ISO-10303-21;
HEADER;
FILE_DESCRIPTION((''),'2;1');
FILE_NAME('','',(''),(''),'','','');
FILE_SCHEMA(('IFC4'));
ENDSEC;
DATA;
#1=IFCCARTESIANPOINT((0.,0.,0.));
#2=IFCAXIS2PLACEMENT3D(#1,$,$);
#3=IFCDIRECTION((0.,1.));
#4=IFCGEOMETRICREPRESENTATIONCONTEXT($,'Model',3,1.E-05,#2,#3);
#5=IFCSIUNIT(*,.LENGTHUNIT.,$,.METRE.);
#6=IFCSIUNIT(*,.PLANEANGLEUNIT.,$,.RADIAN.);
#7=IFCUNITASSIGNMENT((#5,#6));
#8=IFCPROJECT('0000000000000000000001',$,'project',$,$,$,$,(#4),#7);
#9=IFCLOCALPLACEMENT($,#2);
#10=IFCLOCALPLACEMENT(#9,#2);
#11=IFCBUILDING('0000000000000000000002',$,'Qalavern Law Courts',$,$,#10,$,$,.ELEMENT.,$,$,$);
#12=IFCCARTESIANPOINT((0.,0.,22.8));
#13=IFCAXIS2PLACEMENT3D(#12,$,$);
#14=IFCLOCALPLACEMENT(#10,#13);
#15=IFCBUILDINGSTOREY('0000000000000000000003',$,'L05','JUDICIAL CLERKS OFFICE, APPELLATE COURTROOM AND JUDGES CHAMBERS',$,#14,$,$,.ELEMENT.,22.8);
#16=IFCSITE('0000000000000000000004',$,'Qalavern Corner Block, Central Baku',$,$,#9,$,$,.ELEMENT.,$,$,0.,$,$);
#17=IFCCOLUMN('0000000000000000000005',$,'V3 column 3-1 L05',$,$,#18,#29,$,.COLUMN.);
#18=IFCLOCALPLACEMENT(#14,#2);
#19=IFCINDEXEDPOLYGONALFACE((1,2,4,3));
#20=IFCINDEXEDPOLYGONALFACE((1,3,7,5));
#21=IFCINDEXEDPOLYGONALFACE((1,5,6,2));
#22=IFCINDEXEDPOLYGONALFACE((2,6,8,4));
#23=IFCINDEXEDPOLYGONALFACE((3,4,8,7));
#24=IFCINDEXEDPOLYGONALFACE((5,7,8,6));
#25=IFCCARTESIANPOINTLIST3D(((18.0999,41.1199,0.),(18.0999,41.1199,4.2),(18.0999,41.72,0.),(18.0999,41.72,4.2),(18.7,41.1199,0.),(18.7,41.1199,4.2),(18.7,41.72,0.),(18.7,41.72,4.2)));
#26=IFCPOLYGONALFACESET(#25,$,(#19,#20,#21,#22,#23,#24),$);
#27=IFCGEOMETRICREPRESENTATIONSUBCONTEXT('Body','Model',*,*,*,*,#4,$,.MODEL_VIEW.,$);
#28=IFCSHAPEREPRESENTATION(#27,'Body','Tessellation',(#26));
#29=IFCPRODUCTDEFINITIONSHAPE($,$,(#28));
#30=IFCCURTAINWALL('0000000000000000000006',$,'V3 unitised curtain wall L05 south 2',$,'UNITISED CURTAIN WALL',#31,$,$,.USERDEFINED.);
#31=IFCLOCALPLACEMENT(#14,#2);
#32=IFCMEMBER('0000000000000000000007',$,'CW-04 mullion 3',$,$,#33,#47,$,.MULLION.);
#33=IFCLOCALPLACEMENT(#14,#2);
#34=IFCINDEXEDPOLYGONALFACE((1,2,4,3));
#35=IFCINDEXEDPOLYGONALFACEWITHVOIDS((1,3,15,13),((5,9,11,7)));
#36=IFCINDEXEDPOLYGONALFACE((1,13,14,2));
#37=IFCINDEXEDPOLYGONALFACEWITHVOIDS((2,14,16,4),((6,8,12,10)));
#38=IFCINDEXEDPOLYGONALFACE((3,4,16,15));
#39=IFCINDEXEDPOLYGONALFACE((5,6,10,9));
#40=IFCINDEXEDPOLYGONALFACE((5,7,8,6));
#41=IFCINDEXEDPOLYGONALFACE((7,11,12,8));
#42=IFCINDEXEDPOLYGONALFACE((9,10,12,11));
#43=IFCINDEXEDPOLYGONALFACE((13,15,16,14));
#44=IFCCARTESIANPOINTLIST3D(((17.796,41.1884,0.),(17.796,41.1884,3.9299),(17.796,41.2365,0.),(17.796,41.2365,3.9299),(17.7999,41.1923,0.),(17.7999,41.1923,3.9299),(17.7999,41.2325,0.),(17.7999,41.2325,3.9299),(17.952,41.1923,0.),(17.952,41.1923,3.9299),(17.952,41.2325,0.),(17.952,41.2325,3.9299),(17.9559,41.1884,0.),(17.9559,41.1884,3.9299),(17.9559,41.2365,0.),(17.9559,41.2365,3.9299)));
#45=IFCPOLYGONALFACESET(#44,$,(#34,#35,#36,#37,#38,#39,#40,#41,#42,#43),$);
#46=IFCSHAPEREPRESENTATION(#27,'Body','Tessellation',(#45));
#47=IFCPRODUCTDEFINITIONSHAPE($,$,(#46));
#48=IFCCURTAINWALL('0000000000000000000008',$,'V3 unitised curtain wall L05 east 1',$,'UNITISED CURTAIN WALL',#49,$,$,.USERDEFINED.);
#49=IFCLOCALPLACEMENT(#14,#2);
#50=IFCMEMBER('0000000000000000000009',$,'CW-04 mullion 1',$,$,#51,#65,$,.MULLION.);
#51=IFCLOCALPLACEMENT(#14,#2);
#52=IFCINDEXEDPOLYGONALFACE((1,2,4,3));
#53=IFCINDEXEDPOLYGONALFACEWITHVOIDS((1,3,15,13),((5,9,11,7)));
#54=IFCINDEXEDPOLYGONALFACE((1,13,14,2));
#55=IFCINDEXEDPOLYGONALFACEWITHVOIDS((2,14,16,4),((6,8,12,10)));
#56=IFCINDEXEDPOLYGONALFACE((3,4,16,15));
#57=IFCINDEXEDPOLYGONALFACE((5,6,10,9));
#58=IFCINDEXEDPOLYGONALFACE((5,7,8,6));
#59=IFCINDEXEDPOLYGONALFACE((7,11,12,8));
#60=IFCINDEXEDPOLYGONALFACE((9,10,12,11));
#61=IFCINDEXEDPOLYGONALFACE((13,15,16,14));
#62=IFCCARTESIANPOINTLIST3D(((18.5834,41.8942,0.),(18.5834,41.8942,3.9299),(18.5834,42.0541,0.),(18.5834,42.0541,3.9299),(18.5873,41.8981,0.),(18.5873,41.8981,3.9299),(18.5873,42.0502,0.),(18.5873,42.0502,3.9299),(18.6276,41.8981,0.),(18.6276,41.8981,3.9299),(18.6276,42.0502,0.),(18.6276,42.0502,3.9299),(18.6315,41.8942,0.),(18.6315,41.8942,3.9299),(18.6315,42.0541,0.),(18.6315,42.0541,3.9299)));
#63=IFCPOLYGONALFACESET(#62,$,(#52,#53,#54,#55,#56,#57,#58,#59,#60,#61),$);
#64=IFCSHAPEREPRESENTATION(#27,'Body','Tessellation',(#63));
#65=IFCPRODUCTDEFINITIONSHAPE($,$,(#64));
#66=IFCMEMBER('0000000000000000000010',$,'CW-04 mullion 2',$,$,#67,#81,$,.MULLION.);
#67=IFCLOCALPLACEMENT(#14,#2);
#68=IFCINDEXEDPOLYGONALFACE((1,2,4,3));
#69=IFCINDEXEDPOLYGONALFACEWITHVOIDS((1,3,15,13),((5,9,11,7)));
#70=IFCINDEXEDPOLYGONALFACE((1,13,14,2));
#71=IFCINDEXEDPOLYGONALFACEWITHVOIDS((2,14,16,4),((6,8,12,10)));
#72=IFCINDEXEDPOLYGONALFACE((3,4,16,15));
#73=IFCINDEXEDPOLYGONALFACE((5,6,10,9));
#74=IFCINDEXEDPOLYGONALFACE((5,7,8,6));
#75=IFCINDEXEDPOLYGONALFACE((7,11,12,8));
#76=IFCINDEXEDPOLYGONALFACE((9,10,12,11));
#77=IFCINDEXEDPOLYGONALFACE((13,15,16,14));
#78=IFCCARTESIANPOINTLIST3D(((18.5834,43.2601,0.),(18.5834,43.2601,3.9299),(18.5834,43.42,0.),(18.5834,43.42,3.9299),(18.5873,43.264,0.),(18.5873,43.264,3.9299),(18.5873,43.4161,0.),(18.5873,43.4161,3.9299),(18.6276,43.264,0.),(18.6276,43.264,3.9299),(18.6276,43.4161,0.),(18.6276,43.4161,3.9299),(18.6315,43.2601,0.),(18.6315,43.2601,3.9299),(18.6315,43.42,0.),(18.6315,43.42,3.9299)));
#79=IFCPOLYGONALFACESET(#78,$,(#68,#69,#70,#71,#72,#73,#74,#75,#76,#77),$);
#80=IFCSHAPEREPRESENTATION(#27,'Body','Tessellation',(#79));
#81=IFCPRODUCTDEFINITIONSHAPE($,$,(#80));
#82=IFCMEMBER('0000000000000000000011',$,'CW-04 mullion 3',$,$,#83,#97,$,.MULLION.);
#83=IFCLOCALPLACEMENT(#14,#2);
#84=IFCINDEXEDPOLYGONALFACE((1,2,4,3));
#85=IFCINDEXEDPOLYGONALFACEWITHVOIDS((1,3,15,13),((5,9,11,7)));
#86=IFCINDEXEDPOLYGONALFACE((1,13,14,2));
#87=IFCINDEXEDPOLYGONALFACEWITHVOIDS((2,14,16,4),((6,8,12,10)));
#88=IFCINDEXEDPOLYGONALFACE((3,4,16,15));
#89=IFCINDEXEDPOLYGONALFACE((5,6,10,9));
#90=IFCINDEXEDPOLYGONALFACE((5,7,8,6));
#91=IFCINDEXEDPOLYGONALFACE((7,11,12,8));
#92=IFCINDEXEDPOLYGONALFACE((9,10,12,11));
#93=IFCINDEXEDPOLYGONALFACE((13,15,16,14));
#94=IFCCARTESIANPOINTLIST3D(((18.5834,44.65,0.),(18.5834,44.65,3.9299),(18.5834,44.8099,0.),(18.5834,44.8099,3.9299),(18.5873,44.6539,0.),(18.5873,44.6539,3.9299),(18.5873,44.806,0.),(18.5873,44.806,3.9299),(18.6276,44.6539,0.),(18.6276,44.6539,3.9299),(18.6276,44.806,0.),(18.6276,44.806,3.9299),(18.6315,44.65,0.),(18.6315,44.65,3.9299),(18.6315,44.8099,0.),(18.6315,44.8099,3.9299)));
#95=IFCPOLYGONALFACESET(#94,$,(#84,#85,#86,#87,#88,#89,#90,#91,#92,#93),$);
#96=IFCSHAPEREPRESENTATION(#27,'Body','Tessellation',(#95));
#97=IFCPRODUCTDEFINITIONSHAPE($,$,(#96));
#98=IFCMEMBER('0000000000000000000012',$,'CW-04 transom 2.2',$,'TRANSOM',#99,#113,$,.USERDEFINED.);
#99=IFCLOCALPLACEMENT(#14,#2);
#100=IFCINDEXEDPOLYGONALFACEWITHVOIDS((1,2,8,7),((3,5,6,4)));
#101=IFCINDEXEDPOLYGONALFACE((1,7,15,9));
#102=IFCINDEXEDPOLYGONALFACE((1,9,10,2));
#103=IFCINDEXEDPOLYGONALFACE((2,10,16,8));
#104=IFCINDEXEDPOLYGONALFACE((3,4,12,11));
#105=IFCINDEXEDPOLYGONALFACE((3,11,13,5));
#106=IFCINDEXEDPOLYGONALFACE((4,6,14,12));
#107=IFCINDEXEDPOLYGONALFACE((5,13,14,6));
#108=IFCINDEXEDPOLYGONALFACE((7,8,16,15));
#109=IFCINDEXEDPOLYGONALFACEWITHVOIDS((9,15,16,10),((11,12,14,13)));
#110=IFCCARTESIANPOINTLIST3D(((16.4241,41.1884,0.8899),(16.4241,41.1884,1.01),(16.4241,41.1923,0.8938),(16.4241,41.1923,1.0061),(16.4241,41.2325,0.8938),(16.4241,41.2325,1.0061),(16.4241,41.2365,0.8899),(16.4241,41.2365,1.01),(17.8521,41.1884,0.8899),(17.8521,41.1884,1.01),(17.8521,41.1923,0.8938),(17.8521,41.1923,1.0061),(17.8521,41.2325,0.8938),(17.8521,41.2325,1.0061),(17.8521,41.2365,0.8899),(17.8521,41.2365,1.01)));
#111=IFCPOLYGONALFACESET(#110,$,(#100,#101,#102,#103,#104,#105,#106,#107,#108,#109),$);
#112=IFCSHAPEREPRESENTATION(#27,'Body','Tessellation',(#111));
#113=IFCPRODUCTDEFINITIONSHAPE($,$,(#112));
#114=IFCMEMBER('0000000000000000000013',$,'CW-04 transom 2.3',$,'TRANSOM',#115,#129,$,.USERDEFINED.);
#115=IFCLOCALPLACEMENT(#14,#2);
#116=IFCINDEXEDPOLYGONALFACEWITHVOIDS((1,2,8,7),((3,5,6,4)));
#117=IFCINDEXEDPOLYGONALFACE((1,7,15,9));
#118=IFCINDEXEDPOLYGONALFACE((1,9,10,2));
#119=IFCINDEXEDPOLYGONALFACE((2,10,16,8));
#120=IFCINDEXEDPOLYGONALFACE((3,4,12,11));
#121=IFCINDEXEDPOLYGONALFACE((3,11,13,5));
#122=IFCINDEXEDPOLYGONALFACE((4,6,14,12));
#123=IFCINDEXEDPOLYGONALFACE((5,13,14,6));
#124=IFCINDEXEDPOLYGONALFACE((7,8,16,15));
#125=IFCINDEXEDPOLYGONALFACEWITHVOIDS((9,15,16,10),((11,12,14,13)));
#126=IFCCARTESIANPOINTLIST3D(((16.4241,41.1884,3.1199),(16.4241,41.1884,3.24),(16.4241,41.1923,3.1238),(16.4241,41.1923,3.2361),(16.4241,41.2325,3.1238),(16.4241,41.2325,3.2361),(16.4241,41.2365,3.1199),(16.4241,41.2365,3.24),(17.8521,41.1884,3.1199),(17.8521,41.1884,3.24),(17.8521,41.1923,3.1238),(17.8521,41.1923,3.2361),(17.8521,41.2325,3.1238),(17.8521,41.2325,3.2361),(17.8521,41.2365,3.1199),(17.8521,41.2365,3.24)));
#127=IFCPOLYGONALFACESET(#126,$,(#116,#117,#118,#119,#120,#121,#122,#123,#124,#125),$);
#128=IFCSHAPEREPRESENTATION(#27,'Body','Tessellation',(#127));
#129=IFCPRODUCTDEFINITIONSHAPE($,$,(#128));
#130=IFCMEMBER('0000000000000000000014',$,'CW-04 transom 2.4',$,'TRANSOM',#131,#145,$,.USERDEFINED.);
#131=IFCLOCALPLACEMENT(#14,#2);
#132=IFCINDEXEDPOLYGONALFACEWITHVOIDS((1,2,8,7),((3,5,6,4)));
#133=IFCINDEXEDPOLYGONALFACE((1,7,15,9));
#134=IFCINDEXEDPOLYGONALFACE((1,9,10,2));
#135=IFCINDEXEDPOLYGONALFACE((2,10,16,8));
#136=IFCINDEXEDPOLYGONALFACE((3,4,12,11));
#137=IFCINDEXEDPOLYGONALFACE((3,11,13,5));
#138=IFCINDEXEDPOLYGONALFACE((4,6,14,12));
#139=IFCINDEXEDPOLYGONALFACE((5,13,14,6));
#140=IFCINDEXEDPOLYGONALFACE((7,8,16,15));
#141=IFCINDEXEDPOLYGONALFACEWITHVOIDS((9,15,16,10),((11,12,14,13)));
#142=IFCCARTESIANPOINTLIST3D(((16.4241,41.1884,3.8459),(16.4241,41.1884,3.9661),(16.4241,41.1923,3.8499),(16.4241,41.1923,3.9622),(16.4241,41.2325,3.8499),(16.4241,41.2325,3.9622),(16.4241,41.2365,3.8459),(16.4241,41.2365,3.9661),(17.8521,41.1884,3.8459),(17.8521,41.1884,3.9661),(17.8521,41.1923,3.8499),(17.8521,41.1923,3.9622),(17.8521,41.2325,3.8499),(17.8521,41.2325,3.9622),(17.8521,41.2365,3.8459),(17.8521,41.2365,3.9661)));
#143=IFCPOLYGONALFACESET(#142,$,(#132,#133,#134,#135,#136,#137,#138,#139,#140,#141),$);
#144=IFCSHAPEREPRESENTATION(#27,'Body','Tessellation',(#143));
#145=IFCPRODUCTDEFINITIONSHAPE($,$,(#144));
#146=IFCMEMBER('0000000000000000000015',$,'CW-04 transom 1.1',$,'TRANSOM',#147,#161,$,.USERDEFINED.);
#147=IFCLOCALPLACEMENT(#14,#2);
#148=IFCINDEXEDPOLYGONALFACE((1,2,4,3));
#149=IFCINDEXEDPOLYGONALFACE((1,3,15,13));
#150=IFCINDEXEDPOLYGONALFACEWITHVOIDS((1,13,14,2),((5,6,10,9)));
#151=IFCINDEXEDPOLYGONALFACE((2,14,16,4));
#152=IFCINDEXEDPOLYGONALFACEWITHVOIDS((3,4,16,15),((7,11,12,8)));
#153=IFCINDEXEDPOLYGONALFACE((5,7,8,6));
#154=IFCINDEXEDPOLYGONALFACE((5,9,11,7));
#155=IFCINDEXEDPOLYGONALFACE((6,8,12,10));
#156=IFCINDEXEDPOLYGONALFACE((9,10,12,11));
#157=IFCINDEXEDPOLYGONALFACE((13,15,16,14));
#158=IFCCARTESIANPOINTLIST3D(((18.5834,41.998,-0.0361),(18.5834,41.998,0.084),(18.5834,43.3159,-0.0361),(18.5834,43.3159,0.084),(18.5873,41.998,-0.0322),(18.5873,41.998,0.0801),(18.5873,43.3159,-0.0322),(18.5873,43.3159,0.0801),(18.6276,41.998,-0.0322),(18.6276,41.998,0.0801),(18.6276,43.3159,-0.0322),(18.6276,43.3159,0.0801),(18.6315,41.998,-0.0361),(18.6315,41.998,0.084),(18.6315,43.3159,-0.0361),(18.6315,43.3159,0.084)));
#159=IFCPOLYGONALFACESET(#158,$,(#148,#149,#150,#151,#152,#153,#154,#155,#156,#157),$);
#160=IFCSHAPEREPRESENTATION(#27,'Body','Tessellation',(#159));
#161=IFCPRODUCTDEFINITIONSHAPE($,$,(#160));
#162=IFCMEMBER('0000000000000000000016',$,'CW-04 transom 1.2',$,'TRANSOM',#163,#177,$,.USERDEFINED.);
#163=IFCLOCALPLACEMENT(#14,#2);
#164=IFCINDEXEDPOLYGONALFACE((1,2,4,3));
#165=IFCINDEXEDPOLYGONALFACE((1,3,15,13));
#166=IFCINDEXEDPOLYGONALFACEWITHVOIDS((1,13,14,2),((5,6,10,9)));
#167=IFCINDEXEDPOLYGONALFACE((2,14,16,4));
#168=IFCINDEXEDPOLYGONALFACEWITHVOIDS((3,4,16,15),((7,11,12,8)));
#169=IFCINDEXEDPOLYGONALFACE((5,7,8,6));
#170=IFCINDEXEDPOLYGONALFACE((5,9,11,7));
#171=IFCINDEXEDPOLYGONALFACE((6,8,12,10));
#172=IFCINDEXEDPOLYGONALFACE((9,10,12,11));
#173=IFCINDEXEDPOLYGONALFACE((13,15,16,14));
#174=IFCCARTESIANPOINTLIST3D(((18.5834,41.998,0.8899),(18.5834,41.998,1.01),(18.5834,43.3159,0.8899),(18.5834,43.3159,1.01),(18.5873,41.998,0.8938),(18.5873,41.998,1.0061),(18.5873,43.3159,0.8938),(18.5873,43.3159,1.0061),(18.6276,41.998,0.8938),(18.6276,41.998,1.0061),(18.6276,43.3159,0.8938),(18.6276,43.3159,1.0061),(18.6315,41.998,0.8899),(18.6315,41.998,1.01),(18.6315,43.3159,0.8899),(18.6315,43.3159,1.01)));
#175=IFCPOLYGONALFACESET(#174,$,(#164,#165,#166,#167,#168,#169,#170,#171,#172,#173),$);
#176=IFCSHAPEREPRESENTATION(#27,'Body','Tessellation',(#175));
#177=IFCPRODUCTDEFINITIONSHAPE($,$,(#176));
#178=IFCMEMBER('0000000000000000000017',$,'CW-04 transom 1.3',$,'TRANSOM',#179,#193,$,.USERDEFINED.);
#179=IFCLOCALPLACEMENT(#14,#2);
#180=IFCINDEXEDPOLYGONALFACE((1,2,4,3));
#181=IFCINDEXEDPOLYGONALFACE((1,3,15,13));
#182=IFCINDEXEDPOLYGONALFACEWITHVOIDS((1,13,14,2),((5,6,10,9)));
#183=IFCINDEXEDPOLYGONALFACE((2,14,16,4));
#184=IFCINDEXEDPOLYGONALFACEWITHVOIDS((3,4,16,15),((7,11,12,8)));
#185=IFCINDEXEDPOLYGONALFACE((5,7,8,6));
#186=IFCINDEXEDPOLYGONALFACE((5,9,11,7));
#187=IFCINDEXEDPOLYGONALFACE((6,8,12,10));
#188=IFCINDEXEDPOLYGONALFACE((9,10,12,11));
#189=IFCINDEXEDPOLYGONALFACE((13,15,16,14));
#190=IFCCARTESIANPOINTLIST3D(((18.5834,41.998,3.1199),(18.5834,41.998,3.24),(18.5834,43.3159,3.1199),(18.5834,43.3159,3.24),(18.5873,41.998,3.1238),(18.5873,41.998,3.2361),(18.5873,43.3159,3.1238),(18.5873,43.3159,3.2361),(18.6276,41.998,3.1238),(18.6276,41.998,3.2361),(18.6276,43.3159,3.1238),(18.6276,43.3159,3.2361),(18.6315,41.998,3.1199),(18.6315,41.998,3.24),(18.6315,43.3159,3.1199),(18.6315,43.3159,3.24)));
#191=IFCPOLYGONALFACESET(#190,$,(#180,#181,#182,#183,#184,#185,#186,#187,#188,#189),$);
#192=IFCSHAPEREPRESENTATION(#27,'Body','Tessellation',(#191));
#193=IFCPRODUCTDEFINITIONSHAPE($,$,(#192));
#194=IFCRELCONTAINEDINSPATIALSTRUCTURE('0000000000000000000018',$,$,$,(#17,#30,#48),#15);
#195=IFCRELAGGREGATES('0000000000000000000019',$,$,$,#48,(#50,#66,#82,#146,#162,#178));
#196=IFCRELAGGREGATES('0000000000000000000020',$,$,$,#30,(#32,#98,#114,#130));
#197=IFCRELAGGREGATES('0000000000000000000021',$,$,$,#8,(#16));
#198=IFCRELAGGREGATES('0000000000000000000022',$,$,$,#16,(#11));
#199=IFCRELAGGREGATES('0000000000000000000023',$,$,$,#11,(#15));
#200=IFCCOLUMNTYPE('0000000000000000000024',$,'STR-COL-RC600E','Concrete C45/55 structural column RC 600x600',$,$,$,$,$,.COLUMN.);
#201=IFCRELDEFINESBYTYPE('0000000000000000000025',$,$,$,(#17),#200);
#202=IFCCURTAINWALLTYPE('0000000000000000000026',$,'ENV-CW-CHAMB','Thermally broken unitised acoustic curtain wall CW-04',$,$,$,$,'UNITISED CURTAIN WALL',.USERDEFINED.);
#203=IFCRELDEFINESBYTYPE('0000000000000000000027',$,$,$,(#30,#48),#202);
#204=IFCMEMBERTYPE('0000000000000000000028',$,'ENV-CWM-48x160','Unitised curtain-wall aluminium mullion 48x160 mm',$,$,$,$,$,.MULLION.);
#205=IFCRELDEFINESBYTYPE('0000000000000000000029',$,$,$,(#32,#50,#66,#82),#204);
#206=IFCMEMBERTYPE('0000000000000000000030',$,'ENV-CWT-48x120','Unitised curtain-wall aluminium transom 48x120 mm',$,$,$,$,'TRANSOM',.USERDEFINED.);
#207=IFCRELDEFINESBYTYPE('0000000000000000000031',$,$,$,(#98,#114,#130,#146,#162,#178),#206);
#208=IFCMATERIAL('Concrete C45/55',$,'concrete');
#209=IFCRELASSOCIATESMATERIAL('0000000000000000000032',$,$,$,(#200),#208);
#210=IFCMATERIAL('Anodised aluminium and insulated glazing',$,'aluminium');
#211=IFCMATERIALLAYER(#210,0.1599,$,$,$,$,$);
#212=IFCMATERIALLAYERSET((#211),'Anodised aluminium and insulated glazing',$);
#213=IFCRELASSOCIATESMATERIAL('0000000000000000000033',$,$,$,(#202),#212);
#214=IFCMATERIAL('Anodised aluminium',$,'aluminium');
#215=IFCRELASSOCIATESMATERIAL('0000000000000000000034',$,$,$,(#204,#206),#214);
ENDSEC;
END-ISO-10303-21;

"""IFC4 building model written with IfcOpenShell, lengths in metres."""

from ifc_helpers import new_model, si_unit, direction, frame, origin, origin_2d, place, context, subcontext, project, spatial, rectangle, hollow_rectangle, extrude, material, layer, layer_set, material_profile, profile_set, type_object, element, aggregate, save


model = new_model("IFC4")

# Units and contexts
model_context = context("Model", 3, precision=1e-05, world=origin(), true_north=direction((0.0, 1.0)))
body_context = subcontext(model_context, "Body", "Model", "MODEL_VIEW")
ifc_project = project(units=[si_unit("LENGTHUNIT", "METRE"), si_unit("PLANEANGLEUNIT", "RADIAN")], contexts=[model_context])

# Site, building, storey
site_placement = place(None, origin())
site = spatial("IfcSite", under=ifc_project, at=site_placement, Name="Qalavern Corner Block, Central Baku", CompositionType="ELEMENT", RefElevation=0.0)
building_placement = place(site_placement, origin())
building = spatial("IfcBuilding", under=site, at=building_placement, Name="Qalavern Law Courts", CompositionType="ELEMENT")
storey_placement = place(building_placement, frame((0.0, 0.0, 22.8)))
storey = spatial("IfcBuildingStorey", under=building, at=storey_placement, Name="L05", Description="JUDICIAL CLERKS OFFICE, APPELLATE COURTROOM AND JUDGES CHAMBERS", CompositionType="ELEMENT", Elevation=22.8)

# Column
ifc_material_1 = material(Name="Concrete C45/55", Category="concrete")
ifc_material_profile_1 = material_profile(ifc_material_1, rectangle(XDim=0.6001, YDim=0.6001, at=origin_2d()), Name="RC 600x600")
ifc_profile_set_1 = profile_set([ifc_material_profile_1], Name="Concrete C45/55")
column_type = type_object("IfcColumnType", Name="STR-COL-RC600E", Description="Concrete C45/55 structural column RC 600x600", PredefinedType="COLUMN", material=ifc_profile_set_1)
column_placement = place(storey_placement, frame((18.3999, 41.4199, 0.0), z_axis=(0.0, 0.0, 1.0), x_axis=(1.0, 0.0, 0.0)))
element("IfcColumn", 1, at=column_placement, inside=storey, type_object=column_type, Name="V3 column 3-1 L05", PredefinedType="COLUMN", context=body_context, shape_type="SweptSolid", body=[
    extrude(rectangle(XDim=0.6001, YDim=0.6001, at=origin_2d()), origin(), (0.0, 0.0, 1.0), 4.2),
])

# Curtain wall, member
ifc_material_2 = material(Name="Anodised aluminium and insulated glazing", Category="aluminium")
ifc_layer_1 = layer(ifc_material_2, 0.1599)
ifc_layer_set_1 = layer_set([ifc_layer_1], Name="Anodised aluminium and insulated glazing")
curtain_wall_type = type_object("IfcCurtainWallType", Name="ENV-CW-CHAMB", Description="Thermally broken unitised acoustic curtain wall CW-04", ElementType="UNITISED CURTAIN WALL", PredefinedType="USERDEFINED", material=ifc_layer_set_1)
curtain_wall_1_placement = place(storey_placement, origin())
curtain_wall_1 = element("IfcCurtainWall", 2, at=curtain_wall_1_placement, inside=storey, type_object=curtain_wall_type, Name="V3 unitised curtain wall L05 south 2", ObjectType="UNITISED CURTAIN WALL", PredefinedType="USERDEFINED")
ifc_material_3 = material(Name="Anodised aluminium", Category="aluminium")
ifc_material_profile_2 = material_profile(ifc_material_3, hollow_rectangle(XDim=0.0481, YDim=0.1599, WallThickness=0.0039, at=origin_2d()), Name="ALU MULLION 48x160")
ifc_profile_set_2 = profile_set([ifc_material_profile_2], Name="Anodised aluminium")
member_type_1 = type_object("IfcMemberType", Name="ENV-CWM-48x160", Description="Unitised curtain-wall aluminium mullion 48x160 mm", PredefinedType="MULLION", material=ifc_profile_set_2)
member_1_placement = place(storey_placement, frame((17.876, 41.2124, 0.0), z_axis=(0.0, 0.0, 1.0), x_axis=(0.0, 1.0, 0.0)))
member_1 = element("IfcMember", 3, at=member_1_placement, type_object=member_type_1, Name="CW-04 mullion 3", PredefinedType="MULLION", context=body_context, shape_type="SweptSolid", body=[
    extrude(hollow_rectangle(XDim=0.0481, YDim=0.1599, WallThickness=0.0039, at=origin_2d()), origin(), (0.0, 0.0, 1.0), 3.9299),
])

# Curtain wall, members
curtain_wall_2_placement = place(storey_placement, origin())
curtain_wall_2 = element("IfcCurtainWall", 4, at=curtain_wall_2_placement, inside=storey, type_object=curtain_wall_type, Name="V3 unitised curtain wall L05 east 1", ObjectType="UNITISED CURTAIN WALL", PredefinedType="USERDEFINED")
member_2_placement = place(storey_placement, frame((18.6074, 41.9741, 0.0), z_axis=(0.0, 0.0, 1.0), x_axis=(-1.0, 0.0, 0.0)))
member_2 = element("IfcMember", 5, at=member_2_placement, type_object=member_type_1, Name="CW-04 mullion 1", PredefinedType="MULLION", context=body_context, shape_type="SweptSolid", body=[
    extrude(hollow_rectangle(XDim=0.0481, YDim=0.1599, WallThickness=0.0039, at=origin_2d()), origin(), (0.0, 0.0, 1.0), 3.9299),
])
member_3_placement = place(storey_placement, frame((18.6074, 43.3401, 0.0), z_axis=(0.0, 0.0, 1.0), x_axis=(-1.0, 0.0, 0.0)))
member_3 = element("IfcMember", 6, at=member_3_placement, type_object=member_type_1, Name="CW-04 mullion 2", PredefinedType="MULLION", context=body_context, shape_type="SweptSolid", body=[
    extrude(hollow_rectangle(XDim=0.0481, YDim=0.1599, WallThickness=0.0039, at=origin_2d()), origin(), (0.0, 0.0, 1.0), 3.9299),
])
member_4_placement = place(storey_placement, frame((18.6074, 44.73, 0.0), z_axis=(0.0, 0.0, 1.0), x_axis=(-1.0, 0.0, 0.0)))
member_4 = element("IfcMember", 7, at=member_4_placement, type_object=member_type_1, Name="CW-04 mullion 3", PredefinedType="MULLION", context=body_context, shape_type="SweptSolid", body=[
    extrude(hollow_rectangle(XDim=0.0481, YDim=0.1599, WallThickness=0.0039, at=origin_2d()), origin(), (0.0, 0.0, 1.0), 3.9299),
])

# Members
ifc_material_profile_3 = material_profile(ifc_material_3, hollow_rectangle(XDim=0.0481, YDim=0.1201, WallThickness=0.0039, at=origin_2d()), Name="ALU TRANSOM 48x120")
ifc_profile_set_3 = profile_set([ifc_material_profile_3], Name="Anodised aluminium")
member_type_2 = type_object("IfcMemberType", Name="ENV-CWT-48x120", Description="Unitised curtain-wall aluminium transom 48x120 mm", ElementType="TRANSOM", PredefinedType="USERDEFINED", material=ifc_profile_set_3)
member_5_placement = place(storey_placement, frame((16.4241, 41.2124, 0.95), z_axis=(1.0, 0.0, 0.0), x_axis=(0.0, 1.0, 0.0)))
member_5 = element("IfcMember", 8, at=member_5_placement, type_object=member_type_2, Name="CW-04 transom 2.2", ObjectType="TRANSOM", PredefinedType="USERDEFINED", context=body_context, shape_type="SweptSolid", body=[
    extrude(hollow_rectangle(XDim=0.0481, YDim=0.1201, WallThickness=0.0039, at=origin_2d()), origin(), (0.0, 0.0, 1.0), 1.428),
])
member_6_placement = place(storey_placement, frame((16.4241, 41.2124, 3.1799), z_axis=(1.0, 0.0, 0.0), x_axis=(0.0, 1.0, 0.0)))
member_6 = element("IfcMember", 9, at=member_6_placement, type_object=member_type_2, Name="CW-04 transom 2.3", ObjectType="TRANSOM", PredefinedType="USERDEFINED", context=body_context, shape_type="SweptSolid", body=[
    extrude(hollow_rectangle(XDim=0.0481, YDim=0.1201, WallThickness=0.0039, at=origin_2d()), origin(), (0.0, 0.0, 1.0), 1.428),
])
member_7_placement = place(storey_placement, frame((16.4241, 41.2124, 3.906), z_axis=(1.0, 0.0, 0.0), x_axis=(0.0, 1.0, 0.0)))
member_7 = element("IfcMember", 10, at=member_7_placement, type_object=member_type_2, Name="CW-04 transom 2.4", ObjectType="TRANSOM", PredefinedType="USERDEFINED", context=body_context, shape_type="SweptSolid", body=[
    extrude(hollow_rectangle(XDim=0.0481, YDim=0.1201, WallThickness=0.0039, at=origin_2d()), origin(), (0.0, 0.0, 1.0), 1.428),
])
member_8_placement = place(storey_placement, frame((18.6074, 41.998, 0.0239), z_axis=(0.0, 1.0, 0.0), x_axis=(-1.0, 0.0, 0.0)))
member_8 = element("IfcMember", 11, at=member_8_placement, type_object=member_type_2, Name="CW-04 transom 1.1", ObjectType="TRANSOM", PredefinedType="USERDEFINED", context=body_context, shape_type="SweptSolid", body=[
    extrude(hollow_rectangle(XDim=0.0481, YDim=0.1201, WallThickness=0.0039, at=origin_2d()), origin(), (0.0, 0.0, 1.0), 1.3179),
])
member_9_placement = place(storey_placement, frame((18.6074, 41.998, 0.95), z_axis=(0.0, 1.0, 0.0), x_axis=(-1.0, 0.0, 0.0)))
member_9 = element("IfcMember", 12, at=member_9_placement, type_object=member_type_2, Name="CW-04 transom 1.2", ObjectType="TRANSOM", PredefinedType="USERDEFINED", context=body_context, shape_type="SweptSolid", body=[
    extrude(hollow_rectangle(XDim=0.0481, YDim=0.1201, WallThickness=0.0039, at=origin_2d()), origin(), (0.0, 0.0, 1.0), 1.3179),
])
member_10_placement = place(storey_placement, frame((18.6074, 41.998, 3.1799), z_axis=(0.0, 1.0, 0.0), x_axis=(-1.0, 0.0, 0.0)))
member_10 = element("IfcMember", 13, at=member_10_placement, type_object=member_type_2, Name="CW-04 transom 1.3", ObjectType="TRANSOM", PredefinedType="USERDEFINED", context=body_context, shape_type="SweptSolid", body=[
    extrude(hollow_rectangle(XDim=0.0481, YDim=0.1201, WallThickness=0.0039, at=origin_2d()), origin(), (0.0, 0.0, 1.0), 1.3179),
])

aggregate(curtain_wall_2, [member_2, member_3, member_4, member_8, member_9, member_10])
aggregate(curtain_wall_1, [member_1, member_5, member_6, member_7])

save(model, "model.ifc")
